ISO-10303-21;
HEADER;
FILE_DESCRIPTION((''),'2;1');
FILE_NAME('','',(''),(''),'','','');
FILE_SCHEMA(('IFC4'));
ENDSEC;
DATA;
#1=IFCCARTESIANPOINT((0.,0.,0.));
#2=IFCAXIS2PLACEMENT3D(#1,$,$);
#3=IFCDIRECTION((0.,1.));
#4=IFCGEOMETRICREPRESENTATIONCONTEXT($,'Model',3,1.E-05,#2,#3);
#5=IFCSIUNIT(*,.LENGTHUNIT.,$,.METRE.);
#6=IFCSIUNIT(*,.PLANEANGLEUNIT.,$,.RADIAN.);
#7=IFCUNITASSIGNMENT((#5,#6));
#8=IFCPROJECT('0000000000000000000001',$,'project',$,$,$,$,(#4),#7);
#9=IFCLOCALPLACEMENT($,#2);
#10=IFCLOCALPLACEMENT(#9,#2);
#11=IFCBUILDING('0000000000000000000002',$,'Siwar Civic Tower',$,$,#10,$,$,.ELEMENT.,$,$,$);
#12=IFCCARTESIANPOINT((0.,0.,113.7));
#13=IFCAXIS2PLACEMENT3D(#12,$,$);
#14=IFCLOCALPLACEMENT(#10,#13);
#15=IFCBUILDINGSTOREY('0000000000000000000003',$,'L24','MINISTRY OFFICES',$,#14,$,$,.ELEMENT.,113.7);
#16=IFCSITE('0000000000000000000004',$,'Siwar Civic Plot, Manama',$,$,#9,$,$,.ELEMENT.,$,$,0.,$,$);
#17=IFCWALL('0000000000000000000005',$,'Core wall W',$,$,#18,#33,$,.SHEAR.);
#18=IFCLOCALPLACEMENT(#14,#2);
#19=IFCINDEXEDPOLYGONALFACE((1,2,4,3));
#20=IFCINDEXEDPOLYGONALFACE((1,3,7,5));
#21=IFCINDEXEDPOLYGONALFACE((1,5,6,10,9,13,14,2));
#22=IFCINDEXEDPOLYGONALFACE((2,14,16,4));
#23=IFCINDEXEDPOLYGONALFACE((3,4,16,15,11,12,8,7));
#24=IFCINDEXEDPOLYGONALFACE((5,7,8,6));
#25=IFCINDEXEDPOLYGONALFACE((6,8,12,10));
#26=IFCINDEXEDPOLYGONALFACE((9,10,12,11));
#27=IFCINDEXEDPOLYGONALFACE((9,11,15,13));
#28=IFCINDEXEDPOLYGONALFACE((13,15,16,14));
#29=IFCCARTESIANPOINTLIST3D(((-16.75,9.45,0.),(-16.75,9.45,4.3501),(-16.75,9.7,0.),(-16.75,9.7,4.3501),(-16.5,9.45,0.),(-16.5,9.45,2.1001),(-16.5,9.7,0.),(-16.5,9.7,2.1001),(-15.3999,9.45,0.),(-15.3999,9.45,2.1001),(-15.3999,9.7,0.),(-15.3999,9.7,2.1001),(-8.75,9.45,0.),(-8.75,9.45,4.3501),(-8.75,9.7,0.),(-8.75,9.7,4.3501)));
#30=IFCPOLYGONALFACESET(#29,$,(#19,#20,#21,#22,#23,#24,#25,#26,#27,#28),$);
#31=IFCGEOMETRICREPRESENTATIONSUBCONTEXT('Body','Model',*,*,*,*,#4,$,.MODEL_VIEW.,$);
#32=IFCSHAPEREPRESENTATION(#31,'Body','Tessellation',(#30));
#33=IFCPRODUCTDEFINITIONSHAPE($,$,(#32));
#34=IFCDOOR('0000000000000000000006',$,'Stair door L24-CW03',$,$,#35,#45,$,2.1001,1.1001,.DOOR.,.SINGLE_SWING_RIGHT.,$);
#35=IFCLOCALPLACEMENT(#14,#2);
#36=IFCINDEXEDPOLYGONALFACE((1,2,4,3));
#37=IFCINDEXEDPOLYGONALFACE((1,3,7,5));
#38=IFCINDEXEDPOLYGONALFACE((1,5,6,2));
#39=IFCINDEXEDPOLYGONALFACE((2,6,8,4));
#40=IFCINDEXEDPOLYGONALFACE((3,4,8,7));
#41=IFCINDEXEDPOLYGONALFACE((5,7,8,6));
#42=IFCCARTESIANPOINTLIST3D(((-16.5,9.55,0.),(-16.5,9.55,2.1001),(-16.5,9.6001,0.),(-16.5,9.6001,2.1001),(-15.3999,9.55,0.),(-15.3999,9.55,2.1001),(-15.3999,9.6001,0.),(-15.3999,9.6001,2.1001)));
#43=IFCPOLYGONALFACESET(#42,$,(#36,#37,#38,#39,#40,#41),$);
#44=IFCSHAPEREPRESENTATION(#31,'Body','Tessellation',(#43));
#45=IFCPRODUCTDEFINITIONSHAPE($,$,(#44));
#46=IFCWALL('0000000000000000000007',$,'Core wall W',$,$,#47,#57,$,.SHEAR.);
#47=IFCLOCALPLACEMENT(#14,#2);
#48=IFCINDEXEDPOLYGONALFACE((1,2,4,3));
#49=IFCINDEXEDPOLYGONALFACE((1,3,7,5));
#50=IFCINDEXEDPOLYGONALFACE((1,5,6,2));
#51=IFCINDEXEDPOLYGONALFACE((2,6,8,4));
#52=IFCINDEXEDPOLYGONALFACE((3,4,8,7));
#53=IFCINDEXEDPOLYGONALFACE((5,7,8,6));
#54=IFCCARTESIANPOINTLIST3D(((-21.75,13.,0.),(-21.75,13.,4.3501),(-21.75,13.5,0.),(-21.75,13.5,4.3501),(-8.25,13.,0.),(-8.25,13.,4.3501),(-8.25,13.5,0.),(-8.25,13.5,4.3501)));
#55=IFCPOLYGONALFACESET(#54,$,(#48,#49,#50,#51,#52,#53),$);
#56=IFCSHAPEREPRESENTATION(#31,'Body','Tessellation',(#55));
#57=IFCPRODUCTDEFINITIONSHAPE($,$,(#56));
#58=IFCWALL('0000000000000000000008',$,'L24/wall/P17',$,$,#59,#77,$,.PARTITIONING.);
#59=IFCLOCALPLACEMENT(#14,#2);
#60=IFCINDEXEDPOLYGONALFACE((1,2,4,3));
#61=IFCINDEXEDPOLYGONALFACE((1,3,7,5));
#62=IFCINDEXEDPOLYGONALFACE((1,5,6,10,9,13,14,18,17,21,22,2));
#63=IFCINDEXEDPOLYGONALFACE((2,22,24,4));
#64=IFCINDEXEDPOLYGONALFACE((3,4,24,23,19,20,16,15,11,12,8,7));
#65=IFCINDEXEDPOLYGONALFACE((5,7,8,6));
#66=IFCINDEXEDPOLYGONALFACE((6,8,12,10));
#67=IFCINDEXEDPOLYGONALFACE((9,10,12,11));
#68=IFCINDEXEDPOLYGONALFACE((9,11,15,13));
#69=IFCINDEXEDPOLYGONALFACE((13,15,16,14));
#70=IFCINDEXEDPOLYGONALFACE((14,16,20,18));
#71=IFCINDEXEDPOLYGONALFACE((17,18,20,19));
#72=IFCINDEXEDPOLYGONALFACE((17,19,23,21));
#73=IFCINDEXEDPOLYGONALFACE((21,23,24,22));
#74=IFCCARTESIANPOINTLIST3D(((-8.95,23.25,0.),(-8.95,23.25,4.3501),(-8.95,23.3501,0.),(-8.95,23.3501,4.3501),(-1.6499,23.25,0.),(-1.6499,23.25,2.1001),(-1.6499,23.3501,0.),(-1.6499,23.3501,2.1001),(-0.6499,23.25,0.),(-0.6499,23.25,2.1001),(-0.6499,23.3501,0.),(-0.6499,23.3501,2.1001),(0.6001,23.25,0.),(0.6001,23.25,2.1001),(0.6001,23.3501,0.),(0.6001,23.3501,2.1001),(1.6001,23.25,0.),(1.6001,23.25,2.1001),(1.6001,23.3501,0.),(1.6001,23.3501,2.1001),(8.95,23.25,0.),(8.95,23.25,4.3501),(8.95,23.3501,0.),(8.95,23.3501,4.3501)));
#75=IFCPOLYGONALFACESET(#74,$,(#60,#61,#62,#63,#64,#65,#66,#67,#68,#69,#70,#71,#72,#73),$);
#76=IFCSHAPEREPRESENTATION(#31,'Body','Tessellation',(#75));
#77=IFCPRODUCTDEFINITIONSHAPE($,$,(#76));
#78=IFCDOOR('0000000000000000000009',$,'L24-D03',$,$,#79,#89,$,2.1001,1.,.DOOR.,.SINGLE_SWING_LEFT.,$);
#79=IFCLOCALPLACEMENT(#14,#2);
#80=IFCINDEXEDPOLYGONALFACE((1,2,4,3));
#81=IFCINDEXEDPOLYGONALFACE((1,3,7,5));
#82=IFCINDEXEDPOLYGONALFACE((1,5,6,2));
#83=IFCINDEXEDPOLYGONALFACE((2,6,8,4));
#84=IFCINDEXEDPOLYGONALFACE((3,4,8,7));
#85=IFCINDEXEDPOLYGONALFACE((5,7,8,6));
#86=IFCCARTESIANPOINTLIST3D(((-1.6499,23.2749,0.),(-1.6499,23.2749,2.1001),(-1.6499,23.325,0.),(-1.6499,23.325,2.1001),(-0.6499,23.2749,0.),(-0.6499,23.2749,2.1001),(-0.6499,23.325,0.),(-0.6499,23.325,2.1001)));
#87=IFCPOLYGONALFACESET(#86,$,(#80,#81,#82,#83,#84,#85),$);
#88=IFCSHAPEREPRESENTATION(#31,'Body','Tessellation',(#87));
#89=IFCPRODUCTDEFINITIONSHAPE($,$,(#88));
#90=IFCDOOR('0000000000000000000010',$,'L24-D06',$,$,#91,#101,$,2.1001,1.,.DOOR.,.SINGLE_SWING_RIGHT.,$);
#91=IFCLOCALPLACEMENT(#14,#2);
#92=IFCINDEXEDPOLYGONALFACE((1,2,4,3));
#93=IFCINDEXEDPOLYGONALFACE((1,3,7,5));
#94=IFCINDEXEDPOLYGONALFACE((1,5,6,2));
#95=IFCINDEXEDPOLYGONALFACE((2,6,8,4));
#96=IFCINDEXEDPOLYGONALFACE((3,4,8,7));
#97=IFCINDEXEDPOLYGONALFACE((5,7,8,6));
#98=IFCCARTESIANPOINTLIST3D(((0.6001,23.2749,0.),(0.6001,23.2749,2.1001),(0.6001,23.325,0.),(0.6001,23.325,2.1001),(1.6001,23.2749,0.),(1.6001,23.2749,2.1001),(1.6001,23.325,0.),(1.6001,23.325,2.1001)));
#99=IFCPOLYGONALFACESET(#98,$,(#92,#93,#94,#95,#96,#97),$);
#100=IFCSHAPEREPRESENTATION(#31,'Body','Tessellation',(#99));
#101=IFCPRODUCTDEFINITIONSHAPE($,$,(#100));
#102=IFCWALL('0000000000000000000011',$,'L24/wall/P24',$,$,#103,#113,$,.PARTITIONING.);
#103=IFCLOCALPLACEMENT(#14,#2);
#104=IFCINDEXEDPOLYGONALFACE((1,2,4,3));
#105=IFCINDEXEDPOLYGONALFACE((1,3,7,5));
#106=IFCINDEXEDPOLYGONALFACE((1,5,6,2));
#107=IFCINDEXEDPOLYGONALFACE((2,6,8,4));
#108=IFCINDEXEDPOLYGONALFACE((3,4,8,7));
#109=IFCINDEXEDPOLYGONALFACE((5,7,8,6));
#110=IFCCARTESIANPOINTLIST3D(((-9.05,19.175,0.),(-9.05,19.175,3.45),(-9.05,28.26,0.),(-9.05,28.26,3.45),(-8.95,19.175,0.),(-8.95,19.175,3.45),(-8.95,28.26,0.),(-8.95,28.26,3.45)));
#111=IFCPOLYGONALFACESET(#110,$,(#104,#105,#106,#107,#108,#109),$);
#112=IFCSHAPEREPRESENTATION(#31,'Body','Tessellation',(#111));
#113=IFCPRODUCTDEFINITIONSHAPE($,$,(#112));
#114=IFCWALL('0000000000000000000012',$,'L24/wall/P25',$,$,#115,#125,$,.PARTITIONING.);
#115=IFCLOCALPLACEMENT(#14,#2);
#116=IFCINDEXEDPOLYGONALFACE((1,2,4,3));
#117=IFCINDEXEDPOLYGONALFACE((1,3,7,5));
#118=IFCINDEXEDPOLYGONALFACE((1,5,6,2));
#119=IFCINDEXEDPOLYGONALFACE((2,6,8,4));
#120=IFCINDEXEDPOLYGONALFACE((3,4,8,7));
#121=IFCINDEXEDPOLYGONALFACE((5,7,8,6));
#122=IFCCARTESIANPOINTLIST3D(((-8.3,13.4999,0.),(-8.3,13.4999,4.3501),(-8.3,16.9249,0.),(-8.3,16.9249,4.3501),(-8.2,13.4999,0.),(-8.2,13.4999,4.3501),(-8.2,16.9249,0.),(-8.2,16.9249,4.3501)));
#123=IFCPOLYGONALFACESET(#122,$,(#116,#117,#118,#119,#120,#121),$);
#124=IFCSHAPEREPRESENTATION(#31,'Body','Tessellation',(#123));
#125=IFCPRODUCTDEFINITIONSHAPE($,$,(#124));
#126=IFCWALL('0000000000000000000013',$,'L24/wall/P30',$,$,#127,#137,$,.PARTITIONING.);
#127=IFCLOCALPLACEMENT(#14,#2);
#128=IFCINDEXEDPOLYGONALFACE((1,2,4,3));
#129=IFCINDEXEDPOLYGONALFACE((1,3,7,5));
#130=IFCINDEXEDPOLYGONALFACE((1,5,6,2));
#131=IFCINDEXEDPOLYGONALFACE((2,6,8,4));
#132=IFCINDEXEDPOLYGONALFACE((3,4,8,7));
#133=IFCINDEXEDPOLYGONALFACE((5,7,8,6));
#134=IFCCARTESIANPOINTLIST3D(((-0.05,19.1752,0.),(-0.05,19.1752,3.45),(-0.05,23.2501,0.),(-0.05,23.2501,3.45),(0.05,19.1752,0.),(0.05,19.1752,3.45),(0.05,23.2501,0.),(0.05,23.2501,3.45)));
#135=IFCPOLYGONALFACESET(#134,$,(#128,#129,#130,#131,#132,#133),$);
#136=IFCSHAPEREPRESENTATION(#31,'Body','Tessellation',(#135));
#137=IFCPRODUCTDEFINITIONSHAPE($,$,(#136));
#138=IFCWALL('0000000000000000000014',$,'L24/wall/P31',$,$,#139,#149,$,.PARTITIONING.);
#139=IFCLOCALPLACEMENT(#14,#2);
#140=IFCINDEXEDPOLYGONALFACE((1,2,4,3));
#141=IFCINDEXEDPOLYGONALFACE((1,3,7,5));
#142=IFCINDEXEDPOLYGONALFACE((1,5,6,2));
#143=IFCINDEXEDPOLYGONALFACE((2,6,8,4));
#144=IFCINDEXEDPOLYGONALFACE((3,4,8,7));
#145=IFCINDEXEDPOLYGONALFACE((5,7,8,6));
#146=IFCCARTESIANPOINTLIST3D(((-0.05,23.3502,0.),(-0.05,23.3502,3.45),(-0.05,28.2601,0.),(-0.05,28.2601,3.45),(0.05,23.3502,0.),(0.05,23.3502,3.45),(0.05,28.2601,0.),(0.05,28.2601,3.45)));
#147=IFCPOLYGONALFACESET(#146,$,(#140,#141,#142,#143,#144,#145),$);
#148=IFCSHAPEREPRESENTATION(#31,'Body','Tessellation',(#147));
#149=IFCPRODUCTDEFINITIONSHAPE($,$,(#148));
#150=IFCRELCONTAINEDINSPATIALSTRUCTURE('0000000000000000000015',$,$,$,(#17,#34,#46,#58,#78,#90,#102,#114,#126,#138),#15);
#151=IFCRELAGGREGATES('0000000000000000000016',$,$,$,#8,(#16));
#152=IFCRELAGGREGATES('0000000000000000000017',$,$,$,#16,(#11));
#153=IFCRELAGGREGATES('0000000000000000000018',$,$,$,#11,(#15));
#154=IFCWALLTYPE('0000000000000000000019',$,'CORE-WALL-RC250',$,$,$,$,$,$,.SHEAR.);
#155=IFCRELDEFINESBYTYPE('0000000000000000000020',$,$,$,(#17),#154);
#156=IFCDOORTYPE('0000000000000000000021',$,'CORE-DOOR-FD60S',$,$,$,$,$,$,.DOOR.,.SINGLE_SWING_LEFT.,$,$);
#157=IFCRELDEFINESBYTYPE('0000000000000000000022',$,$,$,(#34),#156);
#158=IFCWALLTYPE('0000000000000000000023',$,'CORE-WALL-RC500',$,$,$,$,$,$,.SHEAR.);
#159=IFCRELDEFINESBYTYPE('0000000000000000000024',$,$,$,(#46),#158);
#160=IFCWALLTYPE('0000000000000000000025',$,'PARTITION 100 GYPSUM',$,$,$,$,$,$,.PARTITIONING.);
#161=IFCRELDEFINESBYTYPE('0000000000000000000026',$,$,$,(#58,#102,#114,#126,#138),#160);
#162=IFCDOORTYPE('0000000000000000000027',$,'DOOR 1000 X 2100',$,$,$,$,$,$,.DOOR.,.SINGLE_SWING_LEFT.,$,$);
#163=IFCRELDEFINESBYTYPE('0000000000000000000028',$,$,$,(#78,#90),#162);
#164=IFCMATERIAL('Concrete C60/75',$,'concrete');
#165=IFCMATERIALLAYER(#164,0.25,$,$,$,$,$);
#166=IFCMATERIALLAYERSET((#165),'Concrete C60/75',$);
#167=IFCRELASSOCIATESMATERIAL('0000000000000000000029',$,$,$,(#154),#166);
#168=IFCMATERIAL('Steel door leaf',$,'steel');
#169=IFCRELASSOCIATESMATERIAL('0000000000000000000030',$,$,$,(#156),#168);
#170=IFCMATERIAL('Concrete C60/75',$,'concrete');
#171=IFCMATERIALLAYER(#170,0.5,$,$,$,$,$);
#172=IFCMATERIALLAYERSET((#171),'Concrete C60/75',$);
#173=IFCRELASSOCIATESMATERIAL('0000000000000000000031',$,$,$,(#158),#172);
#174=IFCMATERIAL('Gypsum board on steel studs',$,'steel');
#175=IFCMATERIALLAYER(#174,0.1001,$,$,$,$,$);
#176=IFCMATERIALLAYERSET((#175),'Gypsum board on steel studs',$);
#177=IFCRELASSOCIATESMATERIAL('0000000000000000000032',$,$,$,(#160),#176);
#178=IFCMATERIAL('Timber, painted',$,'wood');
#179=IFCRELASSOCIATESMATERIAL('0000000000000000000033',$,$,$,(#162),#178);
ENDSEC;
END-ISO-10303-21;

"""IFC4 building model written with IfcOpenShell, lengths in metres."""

from ifc_helpers import new_model, si_unit, direction, frame, frame_2d, origin, place, context, subcontext, project, spatial, rectangle, extrude, material, layer, layer_set, type_object, element, fill, save


model = new_model("IFC4")

# Units and contexts
model_context = context("Model", 3, precision=1e-05, world=origin(), true_north=direction((0.0, 1.0)))
body_context = subcontext(model_context, "Body", "Model", "MODEL_VIEW")
ifc_project = project(units=[si_unit("LENGTHUNIT", "METRE"), si_unit("PLANEANGLEUNIT", "RADIAN")], contexts=[model_context])

# Site, building, storey
site_placement = place(None, origin())
site = spatial("IfcSite", under=ifc_project, at=site_placement, Name="Siwar Civic Plot, Manama", CompositionType="ELEMENT", RefElevation=0.0)
building_placement = place(site_placement, origin())
building = spatial("IfcBuilding", under=site, at=building_placement, Name="Siwar Civic Tower", CompositionType="ELEMENT")
storey_placement = place(building_placement, frame((0.0, 0.0, 113.7)))
storey = spatial("IfcBuildingStorey", under=building, at=storey_placement, Name="L24", Description="MINISTRY OFFICES", CompositionType="ELEMENT", Elevation=113.7)

# Wall, opening, door
ifc_material_1 = material(Name="Concrete C60/75", Category="concrete")
ifc_layer_1 = layer(ifc_material_1, 0.25)
ifc_layer_set_1 = layer_set([ifc_layer_1], Name="Concrete C60/75")
wall_type_1 = type_object("IfcWallType", Name="CORE-WALL-RC250", PredefinedType="SHEAR", material=ifc_layer_set_1)
wall_1_placement = place(storey_placement, frame((-8.75, 9.575, 0.0), z_axis=(0.0, 0.0, 1.0), x_axis=(-1.0, 0.0, 0.0)))
wall_1 = element("IfcWall", 1, at=wall_1_placement, inside=storey, type_object=wall_type_1, Name="Core wall W", PredefinedType="SHEAR", context=body_context, shape_type="SweptSolid", body=[
    extrude(rectangle(XDim=8.0, YDim=0.25, at=frame_2d((4.0, 0.0))), origin(), (0.0, 0.0, 1.0), 4.3501),
])
opening_1_placement = place(wall_1_placement, frame((6.6499, 0.0, 0.0)))
opening_1 = element("IfcOpeningElement", 2, at=opening_1_placement, cuts=wall_1, PredefinedType="OPENING", context=body_context, shape_type="SweptSolid", body=[
    extrude(rectangle(XDim=1.1001, YDim=2.1001, at=frame_2d((0.55, 1.05))), frame((0.0, 0.135, 0.0), z_axis=(0.0, -1.0, 0.0), x_axis=(1.0, 0.0, 0.0)), (0.0, 0.0, 1.0), 0.27),
])
ifc_material_2 = material(Name="Steel door leaf", Category="steel")
door_type_1 = type_object("IfcDoorType", Name="CORE-DOOR-FD60S", OperationType="SINGLE_SWING_LEFT", PredefinedType="DOOR", material=ifc_material_2)
door_1_placement = place(opening_1_placement, origin())
door_1 = element("IfcDoor", 3, at=door_1_placement, inside=storey, type_object=door_type_1, Name="Stair door L24-CW03", OperationType="SINGLE_SWING_RIGHT", OverallHeight=2.1001, OverallWidth=1.1001, PredefinedType="DOOR", context=body_context, shape_type="SweptSolid", body=[
    extrude(rectangle(XDim=1.1001, YDim=2.1001, at=frame_2d((0.55, 1.05))), frame((0.0, 0.0249, 0.0), z_axis=(0.0, -1.0, 0.0), x_axis=(1.0, 0.0, 0.0)), (0.0, 0.0, 1.0), 0.05),
])
fill(opening_1, door_1)

# Wall
ifc_material_3 = material(Name="Concrete C60/75", Category="concrete")
ifc_layer_2 = layer(ifc_material_3, 0.5)
ifc_layer_set_2 = layer_set([ifc_layer_2], Name="Concrete C60/75")
wall_type_2 = type_object("IfcWallType", Name="CORE-WALL-RC500", PredefinedType="SHEAR", material=ifc_layer_set_2)
wall_2_placement = place(storey_placement, frame((-8.25, 13.25, 0.0), z_axis=(0.0, 0.0, 1.0), x_axis=(-1.0, 0.0, 0.0)))
element("IfcWall", 4, at=wall_2_placement, inside=storey, type_object=wall_type_2, Name="Core wall W", PredefinedType="SHEAR", context=body_context, shape_type="SweptSolid", body=[
    extrude(rectangle(XDim=13.5, YDim=0.5, at=frame_2d((6.75, 0.0))), origin(), (0.0, 0.0, 1.0), 4.3501),
])

# Wall, openings, doors
ifc_material_4 = material(Name="Gypsum board on steel studs", Category="steel")
ifc_layer_3 = layer(ifc_material_4, 0.1001)
ifc_layer_set_3 = layer_set([ifc_layer_3], Name="Gypsum board on steel studs")
wall_type_3 = type_object("IfcWallType", Name="PARTITION 100 GYPSUM", PredefinedType="PARTITIONING", material=ifc_layer_set_3)
wall_3_placement = place(storey_placement, frame((-8.95, 23.3, 0.0), z_axis=(0.0, 0.0, 1.0), x_axis=(1.0, 0.0, 0.0)))
wall_3 = element("IfcWall", 5, at=wall_3_placement, inside=storey, type_object=wall_type_3, Name="L24/wall/P17", PredefinedType="PARTITIONING", context=body_context, shape_type="SweptSolid", body=[
    extrude(rectangle(XDim=17.8999, YDim=0.1001, at=frame_2d((8.95, 0.0))), origin(), (0.0, 0.0, 1.0), 4.3501),
])
opening_2_placement = place(wall_3_placement, frame((7.3, 0.0, 0.0)))
opening_2 = element("IfcOpeningElement", 6, at=opening_2_placement, cuts=wall_3, PredefinedType="OPENING", context=body_context, shape_type="SweptSolid", body=[
    extrude(rectangle(XDim=1.0, YDim=2.1001, at=frame_2d((0.5, 1.05))), frame((0.0, 0.0601, 0.0), z_axis=(0.0, -1.0, 0.0), x_axis=(1.0, 0.0, 0.0)), (0.0, 0.0, 1.0), 0.1201),
])
opening_3_placement = place(wall_3_placement, frame((9.55, 0.0, 0.0)))
opening_3 = element("IfcOpeningElement", 7, at=opening_3_placement, cuts=wall_3, PredefinedType="OPENING", context=body_context, shape_type="SweptSolid", body=[
    extrude(rectangle(XDim=1.0, YDim=2.1001, at=frame_2d((0.5, 1.05))), frame((0.0, 0.0601, 0.0), z_axis=(0.0, -1.0, 0.0), x_axis=(1.0, 0.0, 0.0)), (0.0, 0.0, 1.0), 0.1201),
])
ifc_material_5 = material(Name="Timber, painted", Category="wood")
door_type_2 = type_object("IfcDoorType", Name="DOOR 1000 X 2100", OperationType="SINGLE_SWING_LEFT", PredefinedType="DOOR", material=ifc_material_5)
door_2_placement = place(opening_2_placement, origin())
door_2 = element("IfcDoor", 8, at=door_2_placement, inside=storey, type_object=door_type_2, Name="L24-D03", OperationType="SINGLE_SWING_LEFT", OverallHeight=2.1001, OverallWidth=1.0, PredefinedType="DOOR", context=body_context, shape_type="SweptSolid", body=[
    extrude(rectangle(XDim=1.0, YDim=2.1001, at=frame_2d((0.5, 1.05))), frame((0.0, 0.0249, 0.0), z_axis=(0.0, -1.0, 0.0), x_axis=(1.0, 0.0, 0.0)), (0.0, 0.0, 1.0), 0.05),
])
fill(opening_2, door_2)
door_3_placement = place(opening_3_placement, origin())
door_3 = element("IfcDoor", 9, at=door_3_placement, inside=storey, type_object=door_type_2, Name="L24-D06", OperationType="SINGLE_SWING_RIGHT", OverallHeight=2.1001, OverallWidth=1.0, PredefinedType="DOOR", context=body_context, shape_type="SweptSolid", body=[
    extrude(rectangle(XDim=1.0, YDim=2.1001, at=frame_2d((0.5, 1.05))), frame((0.0, 0.0249, 0.0), z_axis=(0.0, -1.0, 0.0), x_axis=(1.0, 0.0, 0.0)), (0.0, 0.0, 1.0), 0.05),
])
fill(opening_3, door_3)

# Walls
wall_4_placement = place(storey_placement, frame((-9.0, 19.175, 0.0), z_axis=(0.0, 0.0, 1.0), x_axis=(0.0, 1.0, 0.0)))
element("IfcWall", 10, at=wall_4_placement, inside=storey, type_object=wall_type_3, Name="L24/wall/P24", PredefinedType="PARTITIONING", context=body_context, shape_type="SweptSolid", body=[
    extrude(rectangle(XDim=9.085, YDim=0.1001, at=frame_2d((4.5425, 0.0))), origin(), (0.0, 0.0, 1.0), 3.45),
])
wall_5_placement = place(storey_placement, frame((-8.25, 13.5, 0.0), z_axis=(0.0, 0.0, 1.0), x_axis=(0.0, 1.0, 0.0)))
element("IfcWall", 11, at=wall_5_placement, inside=storey, type_object=wall_type_3, Name="L24/wall/P25", PredefinedType="PARTITIONING", context=body_context, shape_type="SweptSolid", body=[
    extrude(rectangle(XDim=3.425, YDim=0.1001, at=frame_2d((1.7124, 0.0))), origin(), (0.0, 0.0, 1.0), 4.3501),
])
wall_6_placement = place(storey_placement, frame((0.0, 19.175, 0.0), z_axis=(0.0, 0.0, 1.0), x_axis=(0.0, 1.0, 0.0)))
element("IfcWall", 12, at=wall_6_placement, inside=storey, type_object=wall_type_3, Name="L24/wall/P30", PredefinedType="PARTITIONING", context=body_context, shape_type="SweptSolid", body=[
    extrude(rectangle(XDim=4.075, YDim=0.1001, at=frame_2d((2.0376, 0.0))), origin(), (0.0, 0.0, 1.0), 3.45),
])
wall_7_placement = place(storey_placement, frame((0.0, 23.3501, 0.0), z_axis=(0.0, 0.0, 1.0), x_axis=(0.0, 1.0, 0.0)))
element("IfcWall", 13, at=wall_7_placement, inside=storey, type_object=wall_type_3, Name="L24/wall/P31", PredefinedType="PARTITIONING", context=body_context, shape_type="SweptSolid", body=[
    extrude(rectangle(XDim=4.9099, YDim=0.1001, at=frame_2d((2.4551, 0.0))), origin(), (0.0, 0.0, 1.0), 3.45),
])

save(model, "model.ifc")
